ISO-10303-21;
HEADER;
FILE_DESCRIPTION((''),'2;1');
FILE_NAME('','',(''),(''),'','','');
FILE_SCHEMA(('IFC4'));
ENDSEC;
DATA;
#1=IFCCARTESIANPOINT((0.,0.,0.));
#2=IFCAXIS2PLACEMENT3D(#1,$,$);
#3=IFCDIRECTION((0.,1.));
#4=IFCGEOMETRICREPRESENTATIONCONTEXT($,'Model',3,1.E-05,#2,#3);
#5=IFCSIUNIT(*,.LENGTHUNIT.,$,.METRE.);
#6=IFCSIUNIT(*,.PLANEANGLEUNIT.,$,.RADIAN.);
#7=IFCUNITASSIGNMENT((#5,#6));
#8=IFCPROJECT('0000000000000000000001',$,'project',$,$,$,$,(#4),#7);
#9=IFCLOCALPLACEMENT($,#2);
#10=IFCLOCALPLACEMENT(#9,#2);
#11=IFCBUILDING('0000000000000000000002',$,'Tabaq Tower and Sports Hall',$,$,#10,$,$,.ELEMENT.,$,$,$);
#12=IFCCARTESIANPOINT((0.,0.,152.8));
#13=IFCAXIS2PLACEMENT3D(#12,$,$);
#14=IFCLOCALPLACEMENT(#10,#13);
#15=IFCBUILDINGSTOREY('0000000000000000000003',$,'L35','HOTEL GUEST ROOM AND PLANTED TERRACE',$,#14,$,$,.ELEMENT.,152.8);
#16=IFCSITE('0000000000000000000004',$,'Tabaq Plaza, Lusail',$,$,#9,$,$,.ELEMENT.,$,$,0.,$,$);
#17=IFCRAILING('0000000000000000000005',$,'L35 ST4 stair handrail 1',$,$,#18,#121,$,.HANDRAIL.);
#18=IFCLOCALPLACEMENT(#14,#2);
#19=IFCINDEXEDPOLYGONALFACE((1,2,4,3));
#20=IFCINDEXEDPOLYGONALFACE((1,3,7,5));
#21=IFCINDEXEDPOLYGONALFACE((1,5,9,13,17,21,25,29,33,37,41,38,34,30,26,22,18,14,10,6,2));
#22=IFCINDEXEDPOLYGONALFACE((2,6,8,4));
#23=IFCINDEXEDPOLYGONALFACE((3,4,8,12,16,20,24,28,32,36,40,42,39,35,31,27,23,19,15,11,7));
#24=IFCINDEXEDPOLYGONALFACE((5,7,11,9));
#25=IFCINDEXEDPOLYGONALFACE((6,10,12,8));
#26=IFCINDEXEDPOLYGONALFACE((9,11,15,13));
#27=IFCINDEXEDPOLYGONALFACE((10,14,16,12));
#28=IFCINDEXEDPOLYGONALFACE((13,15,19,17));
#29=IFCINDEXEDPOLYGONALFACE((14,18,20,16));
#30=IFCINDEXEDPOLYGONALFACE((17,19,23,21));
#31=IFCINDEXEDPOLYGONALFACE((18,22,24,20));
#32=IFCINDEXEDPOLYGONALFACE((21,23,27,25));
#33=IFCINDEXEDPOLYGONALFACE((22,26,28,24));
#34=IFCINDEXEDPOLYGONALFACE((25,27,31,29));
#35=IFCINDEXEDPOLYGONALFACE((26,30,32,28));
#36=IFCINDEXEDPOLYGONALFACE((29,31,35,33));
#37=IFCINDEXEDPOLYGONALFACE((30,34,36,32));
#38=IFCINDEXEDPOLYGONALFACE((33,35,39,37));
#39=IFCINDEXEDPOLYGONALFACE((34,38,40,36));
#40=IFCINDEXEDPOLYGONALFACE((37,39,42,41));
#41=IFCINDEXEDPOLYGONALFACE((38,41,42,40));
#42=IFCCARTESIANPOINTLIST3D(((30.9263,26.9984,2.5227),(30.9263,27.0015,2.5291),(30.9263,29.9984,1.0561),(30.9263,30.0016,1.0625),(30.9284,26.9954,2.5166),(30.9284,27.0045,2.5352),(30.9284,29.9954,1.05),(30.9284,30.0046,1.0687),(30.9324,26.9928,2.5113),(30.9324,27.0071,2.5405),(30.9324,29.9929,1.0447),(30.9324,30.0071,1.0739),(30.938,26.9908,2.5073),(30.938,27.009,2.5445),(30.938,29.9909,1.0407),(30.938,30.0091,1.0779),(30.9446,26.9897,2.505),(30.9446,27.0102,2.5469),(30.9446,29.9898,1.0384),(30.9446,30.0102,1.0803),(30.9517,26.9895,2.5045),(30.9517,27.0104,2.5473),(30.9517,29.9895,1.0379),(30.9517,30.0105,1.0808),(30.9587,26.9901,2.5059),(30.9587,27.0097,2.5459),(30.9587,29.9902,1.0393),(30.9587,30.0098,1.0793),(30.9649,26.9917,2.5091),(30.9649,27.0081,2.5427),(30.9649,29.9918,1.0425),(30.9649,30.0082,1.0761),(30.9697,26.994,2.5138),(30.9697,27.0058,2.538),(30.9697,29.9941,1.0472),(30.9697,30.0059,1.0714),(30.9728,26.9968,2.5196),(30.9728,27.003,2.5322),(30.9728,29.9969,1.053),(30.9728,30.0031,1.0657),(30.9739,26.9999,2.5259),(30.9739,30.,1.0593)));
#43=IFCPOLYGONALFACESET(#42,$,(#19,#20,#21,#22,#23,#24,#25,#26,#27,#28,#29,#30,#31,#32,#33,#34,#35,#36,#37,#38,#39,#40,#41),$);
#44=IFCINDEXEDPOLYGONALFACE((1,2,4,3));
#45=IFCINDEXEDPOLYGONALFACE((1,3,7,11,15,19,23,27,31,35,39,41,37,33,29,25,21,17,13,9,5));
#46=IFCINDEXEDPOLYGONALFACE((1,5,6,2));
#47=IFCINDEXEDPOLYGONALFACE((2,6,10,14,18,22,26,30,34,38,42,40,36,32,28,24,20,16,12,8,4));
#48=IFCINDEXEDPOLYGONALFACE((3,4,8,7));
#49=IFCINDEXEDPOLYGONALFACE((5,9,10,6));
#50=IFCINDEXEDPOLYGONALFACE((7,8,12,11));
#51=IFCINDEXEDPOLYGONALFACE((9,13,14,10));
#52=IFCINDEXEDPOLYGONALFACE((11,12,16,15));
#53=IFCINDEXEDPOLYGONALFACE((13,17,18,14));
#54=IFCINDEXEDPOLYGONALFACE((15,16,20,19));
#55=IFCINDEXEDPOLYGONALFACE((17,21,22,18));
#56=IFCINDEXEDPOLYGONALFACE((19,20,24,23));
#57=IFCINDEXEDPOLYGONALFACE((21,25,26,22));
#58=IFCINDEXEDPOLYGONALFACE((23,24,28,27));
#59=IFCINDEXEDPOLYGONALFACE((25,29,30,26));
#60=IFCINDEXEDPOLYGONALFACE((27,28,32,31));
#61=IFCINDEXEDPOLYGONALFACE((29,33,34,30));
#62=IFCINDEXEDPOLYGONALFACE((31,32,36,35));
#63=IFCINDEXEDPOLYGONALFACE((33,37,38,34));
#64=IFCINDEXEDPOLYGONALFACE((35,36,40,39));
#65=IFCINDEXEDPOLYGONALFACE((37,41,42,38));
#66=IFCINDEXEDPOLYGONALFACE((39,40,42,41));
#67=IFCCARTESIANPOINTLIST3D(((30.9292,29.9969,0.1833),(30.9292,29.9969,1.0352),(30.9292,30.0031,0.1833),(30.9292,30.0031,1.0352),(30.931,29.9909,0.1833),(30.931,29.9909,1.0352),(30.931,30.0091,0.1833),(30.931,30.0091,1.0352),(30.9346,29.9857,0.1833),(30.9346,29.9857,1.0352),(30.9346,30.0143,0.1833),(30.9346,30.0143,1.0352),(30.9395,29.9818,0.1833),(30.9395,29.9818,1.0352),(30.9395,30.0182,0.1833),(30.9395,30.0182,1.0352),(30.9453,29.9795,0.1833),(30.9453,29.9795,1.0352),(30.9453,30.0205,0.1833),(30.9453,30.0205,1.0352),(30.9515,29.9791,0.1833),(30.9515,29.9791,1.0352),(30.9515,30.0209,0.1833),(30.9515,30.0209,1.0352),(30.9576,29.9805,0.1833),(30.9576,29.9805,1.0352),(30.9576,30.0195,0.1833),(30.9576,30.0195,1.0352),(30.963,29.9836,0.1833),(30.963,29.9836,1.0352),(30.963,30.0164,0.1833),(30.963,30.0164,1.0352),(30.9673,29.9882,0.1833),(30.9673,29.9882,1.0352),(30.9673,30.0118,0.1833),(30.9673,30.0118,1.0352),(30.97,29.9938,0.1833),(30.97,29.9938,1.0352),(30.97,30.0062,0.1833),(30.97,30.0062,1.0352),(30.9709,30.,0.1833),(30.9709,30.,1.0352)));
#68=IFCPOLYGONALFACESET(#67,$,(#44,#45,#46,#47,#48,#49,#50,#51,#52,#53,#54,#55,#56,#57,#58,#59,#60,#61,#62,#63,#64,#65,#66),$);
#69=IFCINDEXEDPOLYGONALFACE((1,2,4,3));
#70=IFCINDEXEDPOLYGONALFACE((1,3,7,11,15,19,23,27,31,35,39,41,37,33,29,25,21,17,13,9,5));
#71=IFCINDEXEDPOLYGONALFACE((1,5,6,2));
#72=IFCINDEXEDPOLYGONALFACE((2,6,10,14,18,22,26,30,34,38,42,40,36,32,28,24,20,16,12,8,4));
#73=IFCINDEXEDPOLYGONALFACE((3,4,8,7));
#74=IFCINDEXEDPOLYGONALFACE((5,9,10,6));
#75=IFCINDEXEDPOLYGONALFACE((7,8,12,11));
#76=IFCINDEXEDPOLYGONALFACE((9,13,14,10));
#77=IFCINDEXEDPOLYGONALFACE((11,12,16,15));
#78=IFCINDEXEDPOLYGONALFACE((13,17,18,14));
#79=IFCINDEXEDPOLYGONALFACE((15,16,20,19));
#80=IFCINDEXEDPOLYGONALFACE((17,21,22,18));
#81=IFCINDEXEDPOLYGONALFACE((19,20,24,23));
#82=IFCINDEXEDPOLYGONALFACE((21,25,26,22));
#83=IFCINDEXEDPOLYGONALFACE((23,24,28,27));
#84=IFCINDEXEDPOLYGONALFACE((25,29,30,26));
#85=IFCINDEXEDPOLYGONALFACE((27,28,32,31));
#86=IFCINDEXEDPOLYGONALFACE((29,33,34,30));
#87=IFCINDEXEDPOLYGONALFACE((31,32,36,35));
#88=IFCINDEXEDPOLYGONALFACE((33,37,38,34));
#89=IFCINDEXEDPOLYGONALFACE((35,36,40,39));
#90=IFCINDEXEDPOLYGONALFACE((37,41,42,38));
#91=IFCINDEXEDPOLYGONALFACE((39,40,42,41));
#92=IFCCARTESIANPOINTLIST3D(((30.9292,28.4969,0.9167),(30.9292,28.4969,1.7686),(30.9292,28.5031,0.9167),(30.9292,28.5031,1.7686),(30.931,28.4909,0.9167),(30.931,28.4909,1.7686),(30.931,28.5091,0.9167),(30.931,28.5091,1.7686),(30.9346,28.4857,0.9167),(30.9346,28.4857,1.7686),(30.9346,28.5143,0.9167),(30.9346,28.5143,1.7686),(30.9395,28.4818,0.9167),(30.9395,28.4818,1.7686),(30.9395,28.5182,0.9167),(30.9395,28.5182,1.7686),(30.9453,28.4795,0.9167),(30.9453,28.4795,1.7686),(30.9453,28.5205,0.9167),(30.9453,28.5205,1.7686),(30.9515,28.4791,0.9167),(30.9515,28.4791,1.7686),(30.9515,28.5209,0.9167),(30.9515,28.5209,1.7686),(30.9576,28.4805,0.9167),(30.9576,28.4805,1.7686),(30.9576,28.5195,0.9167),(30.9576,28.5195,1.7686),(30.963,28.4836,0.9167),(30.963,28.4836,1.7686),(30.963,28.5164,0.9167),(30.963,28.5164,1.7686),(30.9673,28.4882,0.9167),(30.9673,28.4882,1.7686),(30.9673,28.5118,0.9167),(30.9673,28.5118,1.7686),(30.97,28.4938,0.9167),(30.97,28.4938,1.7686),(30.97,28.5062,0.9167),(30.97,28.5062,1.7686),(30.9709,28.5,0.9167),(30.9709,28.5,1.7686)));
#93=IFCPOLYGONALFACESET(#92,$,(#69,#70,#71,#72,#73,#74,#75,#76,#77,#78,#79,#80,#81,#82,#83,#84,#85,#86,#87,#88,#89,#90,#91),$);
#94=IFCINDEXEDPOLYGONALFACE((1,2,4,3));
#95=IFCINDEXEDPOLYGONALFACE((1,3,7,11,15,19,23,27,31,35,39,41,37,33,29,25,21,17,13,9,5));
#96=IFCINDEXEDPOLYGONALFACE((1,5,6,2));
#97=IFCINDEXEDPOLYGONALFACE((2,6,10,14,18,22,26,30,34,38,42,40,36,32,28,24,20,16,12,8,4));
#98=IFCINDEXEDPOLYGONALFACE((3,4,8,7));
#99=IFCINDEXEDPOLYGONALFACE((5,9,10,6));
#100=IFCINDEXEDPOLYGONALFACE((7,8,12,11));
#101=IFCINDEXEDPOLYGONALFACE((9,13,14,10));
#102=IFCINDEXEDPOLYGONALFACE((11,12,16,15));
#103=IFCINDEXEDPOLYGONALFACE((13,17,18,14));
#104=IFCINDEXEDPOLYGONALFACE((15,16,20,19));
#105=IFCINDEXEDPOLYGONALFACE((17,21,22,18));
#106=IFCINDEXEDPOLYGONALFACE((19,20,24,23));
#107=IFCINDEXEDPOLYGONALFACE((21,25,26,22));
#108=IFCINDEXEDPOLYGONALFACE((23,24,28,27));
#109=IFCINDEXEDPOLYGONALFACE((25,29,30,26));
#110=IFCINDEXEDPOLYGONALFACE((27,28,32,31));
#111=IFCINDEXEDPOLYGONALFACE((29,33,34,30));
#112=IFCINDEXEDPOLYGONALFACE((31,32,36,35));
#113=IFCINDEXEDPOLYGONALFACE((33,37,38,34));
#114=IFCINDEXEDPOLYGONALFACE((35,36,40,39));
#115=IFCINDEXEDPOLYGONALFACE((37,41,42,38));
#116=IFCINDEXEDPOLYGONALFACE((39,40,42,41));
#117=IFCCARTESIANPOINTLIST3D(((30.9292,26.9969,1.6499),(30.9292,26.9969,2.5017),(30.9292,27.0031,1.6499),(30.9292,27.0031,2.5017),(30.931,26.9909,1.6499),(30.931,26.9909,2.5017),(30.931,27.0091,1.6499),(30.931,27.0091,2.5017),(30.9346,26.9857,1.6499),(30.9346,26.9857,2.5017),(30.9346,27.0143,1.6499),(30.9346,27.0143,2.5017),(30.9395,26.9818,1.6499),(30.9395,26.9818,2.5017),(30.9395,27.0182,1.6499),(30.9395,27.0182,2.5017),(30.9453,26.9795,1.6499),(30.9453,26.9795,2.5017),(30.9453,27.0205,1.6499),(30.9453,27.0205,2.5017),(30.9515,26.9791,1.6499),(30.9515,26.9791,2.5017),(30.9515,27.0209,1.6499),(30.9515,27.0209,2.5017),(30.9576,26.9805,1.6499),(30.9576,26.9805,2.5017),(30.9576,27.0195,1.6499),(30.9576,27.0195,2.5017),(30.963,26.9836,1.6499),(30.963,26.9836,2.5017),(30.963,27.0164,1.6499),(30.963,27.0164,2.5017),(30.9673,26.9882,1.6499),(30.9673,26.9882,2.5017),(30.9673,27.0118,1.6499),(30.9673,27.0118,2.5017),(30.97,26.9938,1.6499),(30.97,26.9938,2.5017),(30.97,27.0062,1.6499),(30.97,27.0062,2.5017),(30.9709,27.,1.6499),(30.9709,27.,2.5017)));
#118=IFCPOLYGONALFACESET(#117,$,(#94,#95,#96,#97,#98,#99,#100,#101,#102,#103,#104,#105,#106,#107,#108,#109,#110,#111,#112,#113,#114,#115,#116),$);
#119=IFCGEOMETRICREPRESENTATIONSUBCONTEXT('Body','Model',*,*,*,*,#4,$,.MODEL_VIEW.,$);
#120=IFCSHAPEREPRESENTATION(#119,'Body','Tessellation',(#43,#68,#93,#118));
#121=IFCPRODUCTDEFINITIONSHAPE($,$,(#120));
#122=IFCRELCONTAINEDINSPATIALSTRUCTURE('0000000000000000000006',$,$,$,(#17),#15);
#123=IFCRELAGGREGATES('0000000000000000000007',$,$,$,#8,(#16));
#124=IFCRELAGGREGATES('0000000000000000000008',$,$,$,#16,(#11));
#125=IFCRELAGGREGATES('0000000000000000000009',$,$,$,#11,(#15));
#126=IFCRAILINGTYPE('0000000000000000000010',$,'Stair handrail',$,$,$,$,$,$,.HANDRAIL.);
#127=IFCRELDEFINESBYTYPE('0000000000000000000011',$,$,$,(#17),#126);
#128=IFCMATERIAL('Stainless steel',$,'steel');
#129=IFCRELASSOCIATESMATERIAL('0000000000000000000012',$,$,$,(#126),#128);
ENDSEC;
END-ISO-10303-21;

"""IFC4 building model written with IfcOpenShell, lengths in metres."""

from ifc_helpers import new_model, si_unit, direction, frame, origin, origin_2d, place, context, subcontext, project, spatial, circle, extrude, material, type_object, element, save


model = new_model("IFC4")

# Units and contexts
model_context = context("Model", 3, precision=1e-05, world=origin(), true_north=direction((0.0, 1.0)))
body_context = subcontext(model_context, "Body", "Model", "MODEL_VIEW")
ifc_project = project(units=[si_unit("LENGTHUNIT", "METRE"), si_unit("PLANEANGLEUNIT", "RADIAN")], contexts=[model_context])

# Site, building, storey
site_placement = place(None, origin())
site = spatial("IfcSite", under=ifc_project, at=site_placement, Name="Tabaq Plaza, Lusail", CompositionType="ELEMENT", RefElevation=0.0)
building_placement = place(site_placement, origin())
building = spatial("IfcBuilding", under=site, at=building_placement, Name="Tabaq Tower and Sports Hall", CompositionType="ELEMENT")
storey_placement = place(building_placement, frame((0.0, 0.0, 152.8)))
storey = spatial("IfcBuildingStorey", under=building, at=storey_placement, Name="L35", Description="HOTEL GUEST ROOM AND PLANTED TERRACE", CompositionType="ELEMENT", Elevation=152.8)

# Railing
ifc_material_1 = material(Name="Stainless steel", Category="steel")
railing_type_1 = type_object("IfcRailingType", Name="Stair handrail", PredefinedType="HANDRAIL", material=ifc_material_1)
railing_1_placement = place(storey_placement, frame((30.95, 30.0, 0.1833)))
element("IfcRailing", 1, at=railing_1_placement, inside=storey, type_object=railing_type_1, Name="L35 ST4 stair handrail 1", PredefinedType="HANDRAIL", context=body_context, shape_type="SweptSolid", body=[
    extrude(circle(Radius=0.0239, at=origin_2d()), frame((0.0, 0.0, 0.876), z_axis=(0.0, -0.898398, 0.439183), x_axis=(1.0, 0.0, 0.0)), (0.0, 0.0, 1.0), 3.3394),
    extrude(circle(Radius=0.021, at=origin_2d()), origin(), (0.0, 0.0, 1.0), 0.8518),
    extrude(circle(Radius=0.021, at=origin_2d()), frame((0.0, -1.5, 0.7334)), (0.0, 0.0, 1.0), 0.8518),
    extrude(circle(Radius=0.021, at=origin_2d()), frame((0.0, -3.0, 1.4666)), (0.0, 0.0, 1.0), 0.8518),
])

save(model, "model.ifc")
